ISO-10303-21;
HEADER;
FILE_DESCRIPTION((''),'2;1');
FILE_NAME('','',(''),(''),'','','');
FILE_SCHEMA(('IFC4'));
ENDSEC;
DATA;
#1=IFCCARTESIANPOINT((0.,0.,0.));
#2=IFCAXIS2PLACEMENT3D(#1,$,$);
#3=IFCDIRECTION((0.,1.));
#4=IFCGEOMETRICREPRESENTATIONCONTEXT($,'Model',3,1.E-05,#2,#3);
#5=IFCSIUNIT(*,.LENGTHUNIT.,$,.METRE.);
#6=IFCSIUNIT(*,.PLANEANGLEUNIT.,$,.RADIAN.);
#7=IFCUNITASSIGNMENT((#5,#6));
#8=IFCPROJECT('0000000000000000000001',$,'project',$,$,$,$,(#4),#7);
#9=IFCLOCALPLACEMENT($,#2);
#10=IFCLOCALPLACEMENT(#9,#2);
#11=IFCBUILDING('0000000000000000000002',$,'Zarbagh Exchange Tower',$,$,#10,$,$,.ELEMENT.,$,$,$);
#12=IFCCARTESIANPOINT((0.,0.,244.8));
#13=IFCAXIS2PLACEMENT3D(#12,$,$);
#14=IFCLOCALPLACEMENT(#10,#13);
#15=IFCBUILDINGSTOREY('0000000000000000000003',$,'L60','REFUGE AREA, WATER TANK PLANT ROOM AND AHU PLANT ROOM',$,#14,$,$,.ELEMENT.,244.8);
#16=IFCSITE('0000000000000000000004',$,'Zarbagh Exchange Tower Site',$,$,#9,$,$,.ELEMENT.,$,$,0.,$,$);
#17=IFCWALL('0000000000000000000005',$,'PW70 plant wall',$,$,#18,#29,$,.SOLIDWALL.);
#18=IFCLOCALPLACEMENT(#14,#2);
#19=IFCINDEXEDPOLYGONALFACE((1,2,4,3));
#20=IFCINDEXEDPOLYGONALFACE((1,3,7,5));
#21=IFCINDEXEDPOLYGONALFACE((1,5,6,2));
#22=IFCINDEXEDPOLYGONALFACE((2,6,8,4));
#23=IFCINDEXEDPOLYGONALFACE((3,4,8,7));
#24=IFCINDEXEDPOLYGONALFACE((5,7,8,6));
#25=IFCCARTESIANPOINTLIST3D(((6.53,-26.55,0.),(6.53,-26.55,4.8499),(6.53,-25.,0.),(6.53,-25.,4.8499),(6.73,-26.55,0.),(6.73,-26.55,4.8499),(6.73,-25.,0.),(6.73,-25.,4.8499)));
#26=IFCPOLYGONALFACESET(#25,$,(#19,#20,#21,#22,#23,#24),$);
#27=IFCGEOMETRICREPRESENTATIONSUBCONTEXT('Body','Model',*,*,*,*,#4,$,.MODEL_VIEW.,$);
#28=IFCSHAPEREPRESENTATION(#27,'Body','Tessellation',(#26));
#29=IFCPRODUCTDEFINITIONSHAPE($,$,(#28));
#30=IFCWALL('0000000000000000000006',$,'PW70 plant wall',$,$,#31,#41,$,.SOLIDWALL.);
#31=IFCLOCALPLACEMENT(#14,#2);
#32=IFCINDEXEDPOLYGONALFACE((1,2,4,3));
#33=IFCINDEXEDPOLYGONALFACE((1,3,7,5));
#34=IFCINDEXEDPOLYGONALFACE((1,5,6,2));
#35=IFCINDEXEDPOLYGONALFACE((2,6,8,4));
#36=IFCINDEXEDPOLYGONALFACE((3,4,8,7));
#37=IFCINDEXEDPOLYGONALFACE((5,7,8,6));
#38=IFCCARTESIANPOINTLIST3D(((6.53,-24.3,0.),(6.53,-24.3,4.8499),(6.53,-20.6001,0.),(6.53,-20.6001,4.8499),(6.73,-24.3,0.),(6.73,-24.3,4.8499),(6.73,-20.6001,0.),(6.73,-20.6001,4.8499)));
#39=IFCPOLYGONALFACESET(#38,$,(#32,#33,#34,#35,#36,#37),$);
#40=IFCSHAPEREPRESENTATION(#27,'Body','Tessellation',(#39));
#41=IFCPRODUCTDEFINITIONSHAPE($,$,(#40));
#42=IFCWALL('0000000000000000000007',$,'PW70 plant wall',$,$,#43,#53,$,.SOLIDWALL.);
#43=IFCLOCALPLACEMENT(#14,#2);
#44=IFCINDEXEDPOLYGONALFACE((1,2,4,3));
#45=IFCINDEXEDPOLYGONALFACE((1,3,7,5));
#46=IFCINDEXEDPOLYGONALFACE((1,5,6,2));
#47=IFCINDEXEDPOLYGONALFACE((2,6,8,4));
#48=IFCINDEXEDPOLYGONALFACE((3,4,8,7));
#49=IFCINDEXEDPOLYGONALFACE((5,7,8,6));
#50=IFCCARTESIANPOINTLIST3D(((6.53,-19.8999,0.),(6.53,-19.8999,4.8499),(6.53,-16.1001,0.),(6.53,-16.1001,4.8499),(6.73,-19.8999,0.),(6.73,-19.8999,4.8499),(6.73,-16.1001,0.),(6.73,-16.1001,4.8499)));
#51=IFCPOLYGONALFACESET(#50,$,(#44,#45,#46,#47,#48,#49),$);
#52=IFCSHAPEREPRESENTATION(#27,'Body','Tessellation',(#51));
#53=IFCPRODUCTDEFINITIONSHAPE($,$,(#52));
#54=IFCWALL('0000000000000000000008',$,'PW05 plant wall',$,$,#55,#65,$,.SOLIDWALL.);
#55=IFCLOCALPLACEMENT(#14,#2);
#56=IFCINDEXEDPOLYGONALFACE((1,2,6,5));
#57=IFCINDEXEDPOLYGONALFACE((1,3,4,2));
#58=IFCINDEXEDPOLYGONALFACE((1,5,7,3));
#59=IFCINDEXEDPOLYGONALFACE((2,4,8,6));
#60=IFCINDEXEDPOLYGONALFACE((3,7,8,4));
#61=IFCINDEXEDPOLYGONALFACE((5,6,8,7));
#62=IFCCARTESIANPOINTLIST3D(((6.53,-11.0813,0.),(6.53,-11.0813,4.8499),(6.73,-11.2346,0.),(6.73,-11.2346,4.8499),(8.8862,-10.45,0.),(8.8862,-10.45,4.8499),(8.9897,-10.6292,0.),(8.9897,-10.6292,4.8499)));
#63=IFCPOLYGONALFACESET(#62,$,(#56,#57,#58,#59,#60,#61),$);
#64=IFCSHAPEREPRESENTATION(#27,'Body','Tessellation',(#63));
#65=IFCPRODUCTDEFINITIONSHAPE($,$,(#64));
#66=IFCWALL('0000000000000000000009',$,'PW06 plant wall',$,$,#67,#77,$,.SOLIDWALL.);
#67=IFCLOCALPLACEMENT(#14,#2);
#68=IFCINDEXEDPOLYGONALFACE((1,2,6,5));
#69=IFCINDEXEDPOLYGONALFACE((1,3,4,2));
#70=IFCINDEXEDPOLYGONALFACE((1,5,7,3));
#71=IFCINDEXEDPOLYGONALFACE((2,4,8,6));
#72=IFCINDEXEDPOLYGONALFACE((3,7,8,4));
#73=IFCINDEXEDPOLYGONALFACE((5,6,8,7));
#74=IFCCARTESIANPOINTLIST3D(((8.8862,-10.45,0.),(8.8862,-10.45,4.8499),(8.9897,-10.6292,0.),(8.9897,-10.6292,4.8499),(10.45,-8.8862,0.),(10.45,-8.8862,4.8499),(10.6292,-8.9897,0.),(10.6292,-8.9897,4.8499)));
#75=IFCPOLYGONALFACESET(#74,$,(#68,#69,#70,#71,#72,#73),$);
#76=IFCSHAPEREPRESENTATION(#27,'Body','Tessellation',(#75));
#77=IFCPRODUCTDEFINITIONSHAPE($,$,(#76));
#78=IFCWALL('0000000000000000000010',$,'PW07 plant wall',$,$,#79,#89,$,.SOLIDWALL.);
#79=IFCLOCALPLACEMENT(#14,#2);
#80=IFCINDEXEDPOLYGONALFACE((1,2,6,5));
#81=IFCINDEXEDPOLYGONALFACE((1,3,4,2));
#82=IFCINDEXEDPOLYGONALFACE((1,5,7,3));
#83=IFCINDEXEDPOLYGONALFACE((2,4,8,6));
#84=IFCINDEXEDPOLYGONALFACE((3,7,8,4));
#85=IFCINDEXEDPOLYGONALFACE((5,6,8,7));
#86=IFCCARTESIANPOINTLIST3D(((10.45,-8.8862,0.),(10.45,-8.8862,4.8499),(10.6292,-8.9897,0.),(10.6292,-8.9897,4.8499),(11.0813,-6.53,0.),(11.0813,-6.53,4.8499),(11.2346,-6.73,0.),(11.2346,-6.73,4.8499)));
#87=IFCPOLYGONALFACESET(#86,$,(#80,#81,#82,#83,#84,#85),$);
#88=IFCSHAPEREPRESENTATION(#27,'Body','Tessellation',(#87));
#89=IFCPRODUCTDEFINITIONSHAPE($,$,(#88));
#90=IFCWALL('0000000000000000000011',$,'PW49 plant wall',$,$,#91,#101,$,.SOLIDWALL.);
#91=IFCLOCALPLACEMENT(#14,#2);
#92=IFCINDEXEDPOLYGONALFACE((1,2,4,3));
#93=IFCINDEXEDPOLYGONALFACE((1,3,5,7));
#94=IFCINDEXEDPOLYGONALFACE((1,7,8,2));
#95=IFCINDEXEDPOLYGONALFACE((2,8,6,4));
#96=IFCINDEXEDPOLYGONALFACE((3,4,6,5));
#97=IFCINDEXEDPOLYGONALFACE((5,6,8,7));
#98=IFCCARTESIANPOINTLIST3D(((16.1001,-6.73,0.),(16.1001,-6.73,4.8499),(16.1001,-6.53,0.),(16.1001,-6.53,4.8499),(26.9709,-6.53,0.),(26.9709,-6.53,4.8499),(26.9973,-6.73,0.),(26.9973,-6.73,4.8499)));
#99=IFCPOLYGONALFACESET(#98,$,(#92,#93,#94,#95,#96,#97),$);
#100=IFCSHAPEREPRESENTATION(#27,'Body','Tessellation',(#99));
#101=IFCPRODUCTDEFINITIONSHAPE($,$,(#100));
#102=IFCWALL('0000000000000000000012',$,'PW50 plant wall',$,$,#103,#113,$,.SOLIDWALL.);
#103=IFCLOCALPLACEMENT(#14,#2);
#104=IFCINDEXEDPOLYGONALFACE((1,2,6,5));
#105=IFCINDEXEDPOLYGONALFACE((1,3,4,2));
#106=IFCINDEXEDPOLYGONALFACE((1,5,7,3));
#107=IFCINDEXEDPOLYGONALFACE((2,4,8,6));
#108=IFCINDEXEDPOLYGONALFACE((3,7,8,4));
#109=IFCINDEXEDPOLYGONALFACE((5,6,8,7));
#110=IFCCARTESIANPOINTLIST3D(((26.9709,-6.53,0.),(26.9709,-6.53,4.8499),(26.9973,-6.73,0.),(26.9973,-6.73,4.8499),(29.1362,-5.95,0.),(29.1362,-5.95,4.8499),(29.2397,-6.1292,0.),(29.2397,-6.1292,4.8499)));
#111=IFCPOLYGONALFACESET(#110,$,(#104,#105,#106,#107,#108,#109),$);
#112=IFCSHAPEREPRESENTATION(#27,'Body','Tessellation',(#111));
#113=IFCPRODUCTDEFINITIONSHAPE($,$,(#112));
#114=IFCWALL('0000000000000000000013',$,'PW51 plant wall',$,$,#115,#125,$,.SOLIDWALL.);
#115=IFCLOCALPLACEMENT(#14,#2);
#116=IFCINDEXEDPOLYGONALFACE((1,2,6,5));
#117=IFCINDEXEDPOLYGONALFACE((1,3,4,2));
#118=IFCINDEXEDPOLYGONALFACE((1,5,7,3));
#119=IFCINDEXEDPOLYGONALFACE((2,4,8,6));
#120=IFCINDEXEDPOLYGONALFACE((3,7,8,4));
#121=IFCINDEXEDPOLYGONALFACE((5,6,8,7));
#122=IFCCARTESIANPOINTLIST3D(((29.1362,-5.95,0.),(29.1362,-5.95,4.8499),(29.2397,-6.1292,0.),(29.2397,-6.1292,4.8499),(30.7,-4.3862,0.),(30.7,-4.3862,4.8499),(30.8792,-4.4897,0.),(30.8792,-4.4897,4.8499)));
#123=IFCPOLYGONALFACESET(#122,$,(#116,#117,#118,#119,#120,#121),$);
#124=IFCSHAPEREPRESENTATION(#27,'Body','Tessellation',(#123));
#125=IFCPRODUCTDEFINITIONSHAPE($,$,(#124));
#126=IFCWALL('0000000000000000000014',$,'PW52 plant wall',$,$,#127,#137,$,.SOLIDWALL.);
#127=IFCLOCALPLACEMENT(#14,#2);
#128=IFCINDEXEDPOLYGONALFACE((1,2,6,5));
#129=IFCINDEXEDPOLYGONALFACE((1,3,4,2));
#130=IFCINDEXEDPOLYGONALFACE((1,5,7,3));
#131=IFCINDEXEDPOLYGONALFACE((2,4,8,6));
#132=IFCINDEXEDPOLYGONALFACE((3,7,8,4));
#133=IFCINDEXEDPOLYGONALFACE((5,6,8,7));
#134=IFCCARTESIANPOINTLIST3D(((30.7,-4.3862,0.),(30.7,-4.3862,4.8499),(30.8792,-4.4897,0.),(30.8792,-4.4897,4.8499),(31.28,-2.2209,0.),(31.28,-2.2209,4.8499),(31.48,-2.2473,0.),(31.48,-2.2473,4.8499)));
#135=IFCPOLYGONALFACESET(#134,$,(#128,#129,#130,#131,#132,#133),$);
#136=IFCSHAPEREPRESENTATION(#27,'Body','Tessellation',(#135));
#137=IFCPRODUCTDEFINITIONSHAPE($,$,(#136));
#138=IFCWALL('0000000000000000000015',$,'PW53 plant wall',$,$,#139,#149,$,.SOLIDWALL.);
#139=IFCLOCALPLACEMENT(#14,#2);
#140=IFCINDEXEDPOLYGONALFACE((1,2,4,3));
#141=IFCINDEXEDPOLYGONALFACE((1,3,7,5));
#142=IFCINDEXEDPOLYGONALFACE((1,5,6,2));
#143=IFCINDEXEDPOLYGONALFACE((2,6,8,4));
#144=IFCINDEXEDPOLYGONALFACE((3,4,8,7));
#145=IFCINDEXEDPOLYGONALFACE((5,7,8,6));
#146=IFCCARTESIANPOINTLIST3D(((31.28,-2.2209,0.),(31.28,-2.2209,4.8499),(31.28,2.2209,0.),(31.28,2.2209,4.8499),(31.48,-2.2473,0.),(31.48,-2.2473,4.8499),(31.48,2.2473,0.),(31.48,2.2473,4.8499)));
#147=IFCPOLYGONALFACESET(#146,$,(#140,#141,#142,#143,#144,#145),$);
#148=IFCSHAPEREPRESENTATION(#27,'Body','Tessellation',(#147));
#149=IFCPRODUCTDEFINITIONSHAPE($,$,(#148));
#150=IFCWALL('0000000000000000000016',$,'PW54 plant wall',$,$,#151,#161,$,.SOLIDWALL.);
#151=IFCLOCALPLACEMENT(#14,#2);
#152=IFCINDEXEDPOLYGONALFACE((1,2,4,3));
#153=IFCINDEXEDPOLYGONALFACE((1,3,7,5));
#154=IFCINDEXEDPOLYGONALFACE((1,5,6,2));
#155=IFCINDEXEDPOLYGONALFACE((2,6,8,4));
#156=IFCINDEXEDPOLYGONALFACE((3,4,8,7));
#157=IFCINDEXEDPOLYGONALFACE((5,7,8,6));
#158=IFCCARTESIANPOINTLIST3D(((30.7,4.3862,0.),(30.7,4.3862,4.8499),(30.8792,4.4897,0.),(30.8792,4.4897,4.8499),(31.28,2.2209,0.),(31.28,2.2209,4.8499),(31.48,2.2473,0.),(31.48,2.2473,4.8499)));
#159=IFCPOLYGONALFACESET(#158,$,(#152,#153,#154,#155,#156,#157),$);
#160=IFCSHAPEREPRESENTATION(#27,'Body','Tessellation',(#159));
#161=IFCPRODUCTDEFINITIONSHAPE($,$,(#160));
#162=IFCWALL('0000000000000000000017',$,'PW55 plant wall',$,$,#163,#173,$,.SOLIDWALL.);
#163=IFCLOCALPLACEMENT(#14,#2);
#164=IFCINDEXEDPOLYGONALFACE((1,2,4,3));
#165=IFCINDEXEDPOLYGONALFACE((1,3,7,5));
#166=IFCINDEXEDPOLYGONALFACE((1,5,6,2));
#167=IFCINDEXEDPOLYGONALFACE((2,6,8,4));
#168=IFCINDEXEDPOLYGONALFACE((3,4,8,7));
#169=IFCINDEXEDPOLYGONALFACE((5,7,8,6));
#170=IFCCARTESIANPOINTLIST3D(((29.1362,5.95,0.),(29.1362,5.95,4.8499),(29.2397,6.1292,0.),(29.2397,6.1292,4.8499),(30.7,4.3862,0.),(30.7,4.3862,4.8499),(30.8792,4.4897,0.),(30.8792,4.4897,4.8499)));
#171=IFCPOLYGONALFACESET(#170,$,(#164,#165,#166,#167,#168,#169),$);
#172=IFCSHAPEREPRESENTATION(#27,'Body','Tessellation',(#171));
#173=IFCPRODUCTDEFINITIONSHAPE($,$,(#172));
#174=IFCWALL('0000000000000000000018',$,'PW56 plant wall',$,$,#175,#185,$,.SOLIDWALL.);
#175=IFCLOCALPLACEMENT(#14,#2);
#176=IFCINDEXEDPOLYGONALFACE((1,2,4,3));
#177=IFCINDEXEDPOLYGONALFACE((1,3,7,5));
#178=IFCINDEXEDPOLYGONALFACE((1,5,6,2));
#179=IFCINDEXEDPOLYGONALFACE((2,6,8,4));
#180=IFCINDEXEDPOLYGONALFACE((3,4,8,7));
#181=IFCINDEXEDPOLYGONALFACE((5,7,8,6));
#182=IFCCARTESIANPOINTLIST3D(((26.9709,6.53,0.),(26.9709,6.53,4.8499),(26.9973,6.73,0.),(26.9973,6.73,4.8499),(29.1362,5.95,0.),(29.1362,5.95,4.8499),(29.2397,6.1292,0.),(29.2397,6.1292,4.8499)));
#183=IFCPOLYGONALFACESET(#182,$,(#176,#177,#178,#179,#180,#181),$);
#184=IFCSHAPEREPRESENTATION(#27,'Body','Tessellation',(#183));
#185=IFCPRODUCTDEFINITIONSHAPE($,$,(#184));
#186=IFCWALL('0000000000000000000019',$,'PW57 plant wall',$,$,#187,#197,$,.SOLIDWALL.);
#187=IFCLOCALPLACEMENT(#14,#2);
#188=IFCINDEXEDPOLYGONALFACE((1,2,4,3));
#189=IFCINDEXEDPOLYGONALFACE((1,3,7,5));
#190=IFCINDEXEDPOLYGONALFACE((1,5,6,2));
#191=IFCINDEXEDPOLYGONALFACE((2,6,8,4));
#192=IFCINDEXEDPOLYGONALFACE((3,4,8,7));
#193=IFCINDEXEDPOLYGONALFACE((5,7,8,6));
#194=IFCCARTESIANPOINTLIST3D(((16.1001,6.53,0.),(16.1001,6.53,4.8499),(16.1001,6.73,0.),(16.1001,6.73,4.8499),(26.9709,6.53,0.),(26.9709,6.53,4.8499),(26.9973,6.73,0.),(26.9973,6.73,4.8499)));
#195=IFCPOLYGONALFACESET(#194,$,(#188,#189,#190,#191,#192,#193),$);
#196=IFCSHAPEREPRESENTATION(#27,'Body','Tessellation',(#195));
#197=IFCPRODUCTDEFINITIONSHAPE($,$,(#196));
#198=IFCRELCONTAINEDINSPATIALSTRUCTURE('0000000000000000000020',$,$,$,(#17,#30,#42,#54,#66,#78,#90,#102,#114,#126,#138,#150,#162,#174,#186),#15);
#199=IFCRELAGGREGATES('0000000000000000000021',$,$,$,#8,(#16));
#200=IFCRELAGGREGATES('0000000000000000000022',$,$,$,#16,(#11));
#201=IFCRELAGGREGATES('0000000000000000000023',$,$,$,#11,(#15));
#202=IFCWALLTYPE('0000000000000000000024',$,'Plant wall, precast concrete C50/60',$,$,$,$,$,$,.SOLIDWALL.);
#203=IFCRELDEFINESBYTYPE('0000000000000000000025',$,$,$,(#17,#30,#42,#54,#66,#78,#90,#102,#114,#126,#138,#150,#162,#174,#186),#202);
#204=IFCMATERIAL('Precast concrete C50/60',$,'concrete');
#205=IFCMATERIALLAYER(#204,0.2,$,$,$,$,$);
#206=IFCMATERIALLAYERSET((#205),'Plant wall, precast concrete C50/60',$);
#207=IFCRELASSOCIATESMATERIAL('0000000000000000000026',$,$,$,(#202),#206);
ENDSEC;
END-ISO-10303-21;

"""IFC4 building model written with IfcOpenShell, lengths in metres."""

from ifc_helpers import new_model, si_unit, direction, frame, origin, place, context, subcontext, project, spatial, polyline, outline, extrude, material, layer, layer_set, type_object, element, save


model = new_model("IFC4")

# Units and contexts
model_context = context("Model", 3, precision=1e-05, world=origin(), true_north=direction((0.0, 1.0)))
body_context = subcontext(model_context, "Body", "Model", "MODEL_VIEW")
ifc_project = project(units=[si_unit("LENGTHUNIT", "METRE"), si_unit("PLANEANGLEUNIT", "RADIAN")], contexts=[model_context])

# Site, building, storey
site_placement = place(None, origin())
site = spatial("IfcSite", under=ifc_project, at=site_placement, Name="Zarbagh Exchange Tower Site", CompositionType="ELEMENT", RefElevation=0.0)
building_placement = place(site_placement, origin())
building = spatial("IfcBuilding", under=site, at=building_placement, Name="Zarbagh Exchange Tower", CompositionType="ELEMENT")
storey_placement = place(building_placement, frame((0.0, 0.0, 244.8)))
storey = spatial("IfcBuildingStorey", under=building, at=storey_placement, Name="L60", Description="REFUGE AREA, WATER TANK PLANT ROOM AND AHU PLANT ROOM", CompositionType="ELEMENT", Elevation=244.8)

# Walls
ifc_material_1 = material(Name="Precast concrete C50/60", Category="concrete")
ifc_layer_1 = layer(ifc_material_1, 0.2)
ifc_layer_set_1 = layer_set([ifc_layer_1], Name="Plant wall, precast concrete C50/60")
wall_type = type_object("IfcWallType", Name="Plant wall, precast concrete C50/60", PredefinedType="SOLIDWALL", material=ifc_layer_set_1)
wall_1_placement = place(storey_placement, origin())
element("IfcWall", 1, at=wall_1_placement, inside=storey, type_object=wall_type, Name="PW70 plant wall", PredefinedType="SOLIDWALL", context=body_context, shape_type="SweptSolid", body=[
    extrude(outline(polyline([(6.73, -26.55), (6.73, -25.0), (6.53, -25.0), (6.53, -26.55), (6.73, -26.55)])), origin(), (0.0, 0.0, 1.0), 4.8499),
])
wall_2_placement = place(storey_placement, origin())
element("IfcWall", 2, at=wall_2_placement, inside=storey, type_object=wall_type, Name="PW70 plant wall", PredefinedType="SOLIDWALL", context=body_context, shape_type="SweptSolid", body=[
    extrude(outline(polyline([(6.73, -24.3), (6.73, -20.6001), (6.53, -20.6001), (6.53, -24.3), (6.73, -24.3)])), origin(), (0.0, 0.0, 1.0), 4.8499),
])
wall_3_placement = place(storey_placement, origin())
element("IfcWall", 3, at=wall_3_placement, inside=storey, type_object=wall_type, Name="PW70 plant wall", PredefinedType="SOLIDWALL", context=body_context, shape_type="SweptSolid", body=[
    extrude(outline(polyline([(6.73, -19.8999), (6.73, -16.1001), (6.53, -16.1001), (6.53, -19.8999), (6.73, -19.8999)])), origin(), (0.0, 0.0, 1.0), 4.8499),
])
wall_4_placement = place(storey_placement, origin())
element("IfcWall", 4, at=wall_4_placement, inside=storey, type_object=wall_type, Name="PW05 plant wall", PredefinedType="SOLIDWALL", context=body_context, shape_type="SweptSolid", body=[
    extrude(outline(polyline([(6.73, -11.2346), (8.9897, -10.6292), (8.8862, -10.45), (6.53, -11.0813), (6.73, -11.2346)])), origin(), (0.0, 0.0, 1.0), 4.8499),
])
wall_5_placement = place(storey_placement, origin())
element("IfcWall", 5, at=wall_5_placement, inside=storey, type_object=wall_type, Name="PW06 plant wall", PredefinedType="SOLIDWALL", context=body_context, shape_type="SweptSolid", body=[
    extrude(outline(polyline([(8.9897, -10.6292), (10.6292, -8.9897), (10.45, -8.8862), (8.8862, -10.45), (8.9897, -10.6292)])), origin(), (0.0, 0.0, 1.0), 4.8499),
])
wall_6_placement = place(storey_placement, origin())
element("IfcWall", 6, at=wall_6_placement, inside=storey, type_object=wall_type, Name="PW07 plant wall", PredefinedType="SOLIDWALL", context=body_context, shape_type="SweptSolid", body=[
    extrude(outline(polyline([(10.6292, -8.9897), (11.2346, -6.73), (11.0813, -6.53), (10.45, -8.8862), (10.6292, -8.9897)])), origin(), (0.0, 0.0, 1.0), 4.8499),
])
wall_7_placement = place(storey_placement, origin())
element("IfcWall", 7, at=wall_7_placement, inside=storey, type_object=wall_type, Name="PW49 plant wall", PredefinedType="SOLIDWALL", context=body_context, shape_type="SweptSolid", body=[
    extrude(outline(polyline([(16.1001, -6.73), (26.9973, -6.73), (26.9709, -6.53), (16.1001, -6.53), (16.1001, -6.73)])), origin(), (0.0, 0.0, 1.0), 4.8499),
])
wall_8_placement = place(storey_placement, origin())
element("IfcWall", 8, at=wall_8_placement, inside=storey, type_object=wall_type, Name="PW50 plant wall", PredefinedType="SOLIDWALL", context=body_context, shape_type="SweptSolid", body=[
    extrude(outline(polyline([(26.9973, -6.73), (29.2397, -6.1292), (29.1362, -5.95), (26.9709, -6.53), (26.9973, -6.73)])), origin(), (0.0, 0.0, 1.0), 4.8499),
])
wall_9_placement = place(storey_placement, origin())
element("IfcWall", 9, at=wall_9_placement, inside=storey, type_object=wall_type, Name="PW51 plant wall", PredefinedType="SOLIDWALL", context=body_context, shape_type="SweptSolid", body=[
    extrude(outline(polyline([(29.2397, -6.1292), (30.8792, -4.4897), (30.7, -4.3862), (29.1362, -5.95), (29.2397, -6.1292)])), origin(), (0.0, 0.0, 1.0), 4.8499),
])
wall_10_placement = place(storey_placement, origin())
element("IfcWall", 10, at=wall_10_placement, inside=storey, type_object=wall_type, Name="PW52 plant wall", PredefinedType="SOLIDWALL", context=body_context, shape_type="SweptSolid", body=[
    extrude(outline(polyline([(30.8792, -4.4897), (31.48, -2.2473), (31.28, -2.2209), (30.7, -4.3862), (30.8792, -4.4897)])), origin(), (0.0, 0.0, 1.0), 4.8499),
])
wall_11_placement = place(storey_placement, origin())
element("IfcWall", 11, at=wall_11_placement, inside=storey, type_object=wall_type, Name="PW53 plant wall", PredefinedType="SOLIDWALL", context=body_context, shape_type="SweptSolid", body=[
    extrude(outline(polyline([(31.48, -2.2473), (31.48, 2.2473), (31.28, 2.2209), (31.28, -2.2209), (31.48, -2.2473)])), origin(), (0.0, 0.0, 1.0), 4.8499),
])
wall_12_placement = place(storey_placement, origin())
element("IfcWall", 12, at=wall_12_placement, inside=storey, type_object=wall_type, Name="PW54 plant wall", PredefinedType="SOLIDWALL", context=body_context, shape_type="SweptSolid", body=[
    extrude(outline(polyline([(31.48, 2.2473), (30.8792, 4.4897), (30.7, 4.3862), (31.28, 2.2209), (31.48, 2.2473)])), origin(), (0.0, 0.0, 1.0), 4.8499),
])
wall_13_placement = place(storey_placement, origin())
element("IfcWall", 13, at=wall_13_placement, inside=storey, type_object=wall_type, Name="PW55 plant wall", PredefinedType="SOLIDWALL", context=body_context, shape_type="SweptSolid", body=[
    extrude(outline(polyline([(30.8792, 4.4897), (29.2397, 6.1292), (29.1362, 5.95), (30.7, 4.3862), (30.8792, 4.4897)])), origin(), (0.0, 0.0, 1.0), 4.8499),
])
wall_14_placement = place(storey_placement, origin())
element("IfcWall", 14, at=wall_14_placement, inside=storey, type_object=wall_type, Name="PW56 plant wall", PredefinedType="SOLIDWALL", context=body_context, shape_type="SweptSolid", body=[
    extrude(outline(polyline([(29.2397, 6.1292), (26.9973, 6.73), (26.9709, 6.53), (29.1362, 5.95), (29.2397, 6.1292)])), origin(), (0.0, 0.0, 1.0), 4.8499),
])
wall_15_placement = place(storey_placement, origin())
element("IfcWall", 15, at=wall_15_placement, inside=storey, type_object=wall_type, Name="PW57 plant wall", PredefinedType="SOLIDWALL", context=body_context, shape_type="SweptSolid", body=[
    extrude(outline(polyline([(26.9973, 6.73), (16.1001, 6.73), (16.1001, 6.53), (26.9709, 6.53), (26.9973, 6.73)])), origin(), (0.0, 0.0, 1.0), 4.8499),
])

save(model, "model.ifc")
